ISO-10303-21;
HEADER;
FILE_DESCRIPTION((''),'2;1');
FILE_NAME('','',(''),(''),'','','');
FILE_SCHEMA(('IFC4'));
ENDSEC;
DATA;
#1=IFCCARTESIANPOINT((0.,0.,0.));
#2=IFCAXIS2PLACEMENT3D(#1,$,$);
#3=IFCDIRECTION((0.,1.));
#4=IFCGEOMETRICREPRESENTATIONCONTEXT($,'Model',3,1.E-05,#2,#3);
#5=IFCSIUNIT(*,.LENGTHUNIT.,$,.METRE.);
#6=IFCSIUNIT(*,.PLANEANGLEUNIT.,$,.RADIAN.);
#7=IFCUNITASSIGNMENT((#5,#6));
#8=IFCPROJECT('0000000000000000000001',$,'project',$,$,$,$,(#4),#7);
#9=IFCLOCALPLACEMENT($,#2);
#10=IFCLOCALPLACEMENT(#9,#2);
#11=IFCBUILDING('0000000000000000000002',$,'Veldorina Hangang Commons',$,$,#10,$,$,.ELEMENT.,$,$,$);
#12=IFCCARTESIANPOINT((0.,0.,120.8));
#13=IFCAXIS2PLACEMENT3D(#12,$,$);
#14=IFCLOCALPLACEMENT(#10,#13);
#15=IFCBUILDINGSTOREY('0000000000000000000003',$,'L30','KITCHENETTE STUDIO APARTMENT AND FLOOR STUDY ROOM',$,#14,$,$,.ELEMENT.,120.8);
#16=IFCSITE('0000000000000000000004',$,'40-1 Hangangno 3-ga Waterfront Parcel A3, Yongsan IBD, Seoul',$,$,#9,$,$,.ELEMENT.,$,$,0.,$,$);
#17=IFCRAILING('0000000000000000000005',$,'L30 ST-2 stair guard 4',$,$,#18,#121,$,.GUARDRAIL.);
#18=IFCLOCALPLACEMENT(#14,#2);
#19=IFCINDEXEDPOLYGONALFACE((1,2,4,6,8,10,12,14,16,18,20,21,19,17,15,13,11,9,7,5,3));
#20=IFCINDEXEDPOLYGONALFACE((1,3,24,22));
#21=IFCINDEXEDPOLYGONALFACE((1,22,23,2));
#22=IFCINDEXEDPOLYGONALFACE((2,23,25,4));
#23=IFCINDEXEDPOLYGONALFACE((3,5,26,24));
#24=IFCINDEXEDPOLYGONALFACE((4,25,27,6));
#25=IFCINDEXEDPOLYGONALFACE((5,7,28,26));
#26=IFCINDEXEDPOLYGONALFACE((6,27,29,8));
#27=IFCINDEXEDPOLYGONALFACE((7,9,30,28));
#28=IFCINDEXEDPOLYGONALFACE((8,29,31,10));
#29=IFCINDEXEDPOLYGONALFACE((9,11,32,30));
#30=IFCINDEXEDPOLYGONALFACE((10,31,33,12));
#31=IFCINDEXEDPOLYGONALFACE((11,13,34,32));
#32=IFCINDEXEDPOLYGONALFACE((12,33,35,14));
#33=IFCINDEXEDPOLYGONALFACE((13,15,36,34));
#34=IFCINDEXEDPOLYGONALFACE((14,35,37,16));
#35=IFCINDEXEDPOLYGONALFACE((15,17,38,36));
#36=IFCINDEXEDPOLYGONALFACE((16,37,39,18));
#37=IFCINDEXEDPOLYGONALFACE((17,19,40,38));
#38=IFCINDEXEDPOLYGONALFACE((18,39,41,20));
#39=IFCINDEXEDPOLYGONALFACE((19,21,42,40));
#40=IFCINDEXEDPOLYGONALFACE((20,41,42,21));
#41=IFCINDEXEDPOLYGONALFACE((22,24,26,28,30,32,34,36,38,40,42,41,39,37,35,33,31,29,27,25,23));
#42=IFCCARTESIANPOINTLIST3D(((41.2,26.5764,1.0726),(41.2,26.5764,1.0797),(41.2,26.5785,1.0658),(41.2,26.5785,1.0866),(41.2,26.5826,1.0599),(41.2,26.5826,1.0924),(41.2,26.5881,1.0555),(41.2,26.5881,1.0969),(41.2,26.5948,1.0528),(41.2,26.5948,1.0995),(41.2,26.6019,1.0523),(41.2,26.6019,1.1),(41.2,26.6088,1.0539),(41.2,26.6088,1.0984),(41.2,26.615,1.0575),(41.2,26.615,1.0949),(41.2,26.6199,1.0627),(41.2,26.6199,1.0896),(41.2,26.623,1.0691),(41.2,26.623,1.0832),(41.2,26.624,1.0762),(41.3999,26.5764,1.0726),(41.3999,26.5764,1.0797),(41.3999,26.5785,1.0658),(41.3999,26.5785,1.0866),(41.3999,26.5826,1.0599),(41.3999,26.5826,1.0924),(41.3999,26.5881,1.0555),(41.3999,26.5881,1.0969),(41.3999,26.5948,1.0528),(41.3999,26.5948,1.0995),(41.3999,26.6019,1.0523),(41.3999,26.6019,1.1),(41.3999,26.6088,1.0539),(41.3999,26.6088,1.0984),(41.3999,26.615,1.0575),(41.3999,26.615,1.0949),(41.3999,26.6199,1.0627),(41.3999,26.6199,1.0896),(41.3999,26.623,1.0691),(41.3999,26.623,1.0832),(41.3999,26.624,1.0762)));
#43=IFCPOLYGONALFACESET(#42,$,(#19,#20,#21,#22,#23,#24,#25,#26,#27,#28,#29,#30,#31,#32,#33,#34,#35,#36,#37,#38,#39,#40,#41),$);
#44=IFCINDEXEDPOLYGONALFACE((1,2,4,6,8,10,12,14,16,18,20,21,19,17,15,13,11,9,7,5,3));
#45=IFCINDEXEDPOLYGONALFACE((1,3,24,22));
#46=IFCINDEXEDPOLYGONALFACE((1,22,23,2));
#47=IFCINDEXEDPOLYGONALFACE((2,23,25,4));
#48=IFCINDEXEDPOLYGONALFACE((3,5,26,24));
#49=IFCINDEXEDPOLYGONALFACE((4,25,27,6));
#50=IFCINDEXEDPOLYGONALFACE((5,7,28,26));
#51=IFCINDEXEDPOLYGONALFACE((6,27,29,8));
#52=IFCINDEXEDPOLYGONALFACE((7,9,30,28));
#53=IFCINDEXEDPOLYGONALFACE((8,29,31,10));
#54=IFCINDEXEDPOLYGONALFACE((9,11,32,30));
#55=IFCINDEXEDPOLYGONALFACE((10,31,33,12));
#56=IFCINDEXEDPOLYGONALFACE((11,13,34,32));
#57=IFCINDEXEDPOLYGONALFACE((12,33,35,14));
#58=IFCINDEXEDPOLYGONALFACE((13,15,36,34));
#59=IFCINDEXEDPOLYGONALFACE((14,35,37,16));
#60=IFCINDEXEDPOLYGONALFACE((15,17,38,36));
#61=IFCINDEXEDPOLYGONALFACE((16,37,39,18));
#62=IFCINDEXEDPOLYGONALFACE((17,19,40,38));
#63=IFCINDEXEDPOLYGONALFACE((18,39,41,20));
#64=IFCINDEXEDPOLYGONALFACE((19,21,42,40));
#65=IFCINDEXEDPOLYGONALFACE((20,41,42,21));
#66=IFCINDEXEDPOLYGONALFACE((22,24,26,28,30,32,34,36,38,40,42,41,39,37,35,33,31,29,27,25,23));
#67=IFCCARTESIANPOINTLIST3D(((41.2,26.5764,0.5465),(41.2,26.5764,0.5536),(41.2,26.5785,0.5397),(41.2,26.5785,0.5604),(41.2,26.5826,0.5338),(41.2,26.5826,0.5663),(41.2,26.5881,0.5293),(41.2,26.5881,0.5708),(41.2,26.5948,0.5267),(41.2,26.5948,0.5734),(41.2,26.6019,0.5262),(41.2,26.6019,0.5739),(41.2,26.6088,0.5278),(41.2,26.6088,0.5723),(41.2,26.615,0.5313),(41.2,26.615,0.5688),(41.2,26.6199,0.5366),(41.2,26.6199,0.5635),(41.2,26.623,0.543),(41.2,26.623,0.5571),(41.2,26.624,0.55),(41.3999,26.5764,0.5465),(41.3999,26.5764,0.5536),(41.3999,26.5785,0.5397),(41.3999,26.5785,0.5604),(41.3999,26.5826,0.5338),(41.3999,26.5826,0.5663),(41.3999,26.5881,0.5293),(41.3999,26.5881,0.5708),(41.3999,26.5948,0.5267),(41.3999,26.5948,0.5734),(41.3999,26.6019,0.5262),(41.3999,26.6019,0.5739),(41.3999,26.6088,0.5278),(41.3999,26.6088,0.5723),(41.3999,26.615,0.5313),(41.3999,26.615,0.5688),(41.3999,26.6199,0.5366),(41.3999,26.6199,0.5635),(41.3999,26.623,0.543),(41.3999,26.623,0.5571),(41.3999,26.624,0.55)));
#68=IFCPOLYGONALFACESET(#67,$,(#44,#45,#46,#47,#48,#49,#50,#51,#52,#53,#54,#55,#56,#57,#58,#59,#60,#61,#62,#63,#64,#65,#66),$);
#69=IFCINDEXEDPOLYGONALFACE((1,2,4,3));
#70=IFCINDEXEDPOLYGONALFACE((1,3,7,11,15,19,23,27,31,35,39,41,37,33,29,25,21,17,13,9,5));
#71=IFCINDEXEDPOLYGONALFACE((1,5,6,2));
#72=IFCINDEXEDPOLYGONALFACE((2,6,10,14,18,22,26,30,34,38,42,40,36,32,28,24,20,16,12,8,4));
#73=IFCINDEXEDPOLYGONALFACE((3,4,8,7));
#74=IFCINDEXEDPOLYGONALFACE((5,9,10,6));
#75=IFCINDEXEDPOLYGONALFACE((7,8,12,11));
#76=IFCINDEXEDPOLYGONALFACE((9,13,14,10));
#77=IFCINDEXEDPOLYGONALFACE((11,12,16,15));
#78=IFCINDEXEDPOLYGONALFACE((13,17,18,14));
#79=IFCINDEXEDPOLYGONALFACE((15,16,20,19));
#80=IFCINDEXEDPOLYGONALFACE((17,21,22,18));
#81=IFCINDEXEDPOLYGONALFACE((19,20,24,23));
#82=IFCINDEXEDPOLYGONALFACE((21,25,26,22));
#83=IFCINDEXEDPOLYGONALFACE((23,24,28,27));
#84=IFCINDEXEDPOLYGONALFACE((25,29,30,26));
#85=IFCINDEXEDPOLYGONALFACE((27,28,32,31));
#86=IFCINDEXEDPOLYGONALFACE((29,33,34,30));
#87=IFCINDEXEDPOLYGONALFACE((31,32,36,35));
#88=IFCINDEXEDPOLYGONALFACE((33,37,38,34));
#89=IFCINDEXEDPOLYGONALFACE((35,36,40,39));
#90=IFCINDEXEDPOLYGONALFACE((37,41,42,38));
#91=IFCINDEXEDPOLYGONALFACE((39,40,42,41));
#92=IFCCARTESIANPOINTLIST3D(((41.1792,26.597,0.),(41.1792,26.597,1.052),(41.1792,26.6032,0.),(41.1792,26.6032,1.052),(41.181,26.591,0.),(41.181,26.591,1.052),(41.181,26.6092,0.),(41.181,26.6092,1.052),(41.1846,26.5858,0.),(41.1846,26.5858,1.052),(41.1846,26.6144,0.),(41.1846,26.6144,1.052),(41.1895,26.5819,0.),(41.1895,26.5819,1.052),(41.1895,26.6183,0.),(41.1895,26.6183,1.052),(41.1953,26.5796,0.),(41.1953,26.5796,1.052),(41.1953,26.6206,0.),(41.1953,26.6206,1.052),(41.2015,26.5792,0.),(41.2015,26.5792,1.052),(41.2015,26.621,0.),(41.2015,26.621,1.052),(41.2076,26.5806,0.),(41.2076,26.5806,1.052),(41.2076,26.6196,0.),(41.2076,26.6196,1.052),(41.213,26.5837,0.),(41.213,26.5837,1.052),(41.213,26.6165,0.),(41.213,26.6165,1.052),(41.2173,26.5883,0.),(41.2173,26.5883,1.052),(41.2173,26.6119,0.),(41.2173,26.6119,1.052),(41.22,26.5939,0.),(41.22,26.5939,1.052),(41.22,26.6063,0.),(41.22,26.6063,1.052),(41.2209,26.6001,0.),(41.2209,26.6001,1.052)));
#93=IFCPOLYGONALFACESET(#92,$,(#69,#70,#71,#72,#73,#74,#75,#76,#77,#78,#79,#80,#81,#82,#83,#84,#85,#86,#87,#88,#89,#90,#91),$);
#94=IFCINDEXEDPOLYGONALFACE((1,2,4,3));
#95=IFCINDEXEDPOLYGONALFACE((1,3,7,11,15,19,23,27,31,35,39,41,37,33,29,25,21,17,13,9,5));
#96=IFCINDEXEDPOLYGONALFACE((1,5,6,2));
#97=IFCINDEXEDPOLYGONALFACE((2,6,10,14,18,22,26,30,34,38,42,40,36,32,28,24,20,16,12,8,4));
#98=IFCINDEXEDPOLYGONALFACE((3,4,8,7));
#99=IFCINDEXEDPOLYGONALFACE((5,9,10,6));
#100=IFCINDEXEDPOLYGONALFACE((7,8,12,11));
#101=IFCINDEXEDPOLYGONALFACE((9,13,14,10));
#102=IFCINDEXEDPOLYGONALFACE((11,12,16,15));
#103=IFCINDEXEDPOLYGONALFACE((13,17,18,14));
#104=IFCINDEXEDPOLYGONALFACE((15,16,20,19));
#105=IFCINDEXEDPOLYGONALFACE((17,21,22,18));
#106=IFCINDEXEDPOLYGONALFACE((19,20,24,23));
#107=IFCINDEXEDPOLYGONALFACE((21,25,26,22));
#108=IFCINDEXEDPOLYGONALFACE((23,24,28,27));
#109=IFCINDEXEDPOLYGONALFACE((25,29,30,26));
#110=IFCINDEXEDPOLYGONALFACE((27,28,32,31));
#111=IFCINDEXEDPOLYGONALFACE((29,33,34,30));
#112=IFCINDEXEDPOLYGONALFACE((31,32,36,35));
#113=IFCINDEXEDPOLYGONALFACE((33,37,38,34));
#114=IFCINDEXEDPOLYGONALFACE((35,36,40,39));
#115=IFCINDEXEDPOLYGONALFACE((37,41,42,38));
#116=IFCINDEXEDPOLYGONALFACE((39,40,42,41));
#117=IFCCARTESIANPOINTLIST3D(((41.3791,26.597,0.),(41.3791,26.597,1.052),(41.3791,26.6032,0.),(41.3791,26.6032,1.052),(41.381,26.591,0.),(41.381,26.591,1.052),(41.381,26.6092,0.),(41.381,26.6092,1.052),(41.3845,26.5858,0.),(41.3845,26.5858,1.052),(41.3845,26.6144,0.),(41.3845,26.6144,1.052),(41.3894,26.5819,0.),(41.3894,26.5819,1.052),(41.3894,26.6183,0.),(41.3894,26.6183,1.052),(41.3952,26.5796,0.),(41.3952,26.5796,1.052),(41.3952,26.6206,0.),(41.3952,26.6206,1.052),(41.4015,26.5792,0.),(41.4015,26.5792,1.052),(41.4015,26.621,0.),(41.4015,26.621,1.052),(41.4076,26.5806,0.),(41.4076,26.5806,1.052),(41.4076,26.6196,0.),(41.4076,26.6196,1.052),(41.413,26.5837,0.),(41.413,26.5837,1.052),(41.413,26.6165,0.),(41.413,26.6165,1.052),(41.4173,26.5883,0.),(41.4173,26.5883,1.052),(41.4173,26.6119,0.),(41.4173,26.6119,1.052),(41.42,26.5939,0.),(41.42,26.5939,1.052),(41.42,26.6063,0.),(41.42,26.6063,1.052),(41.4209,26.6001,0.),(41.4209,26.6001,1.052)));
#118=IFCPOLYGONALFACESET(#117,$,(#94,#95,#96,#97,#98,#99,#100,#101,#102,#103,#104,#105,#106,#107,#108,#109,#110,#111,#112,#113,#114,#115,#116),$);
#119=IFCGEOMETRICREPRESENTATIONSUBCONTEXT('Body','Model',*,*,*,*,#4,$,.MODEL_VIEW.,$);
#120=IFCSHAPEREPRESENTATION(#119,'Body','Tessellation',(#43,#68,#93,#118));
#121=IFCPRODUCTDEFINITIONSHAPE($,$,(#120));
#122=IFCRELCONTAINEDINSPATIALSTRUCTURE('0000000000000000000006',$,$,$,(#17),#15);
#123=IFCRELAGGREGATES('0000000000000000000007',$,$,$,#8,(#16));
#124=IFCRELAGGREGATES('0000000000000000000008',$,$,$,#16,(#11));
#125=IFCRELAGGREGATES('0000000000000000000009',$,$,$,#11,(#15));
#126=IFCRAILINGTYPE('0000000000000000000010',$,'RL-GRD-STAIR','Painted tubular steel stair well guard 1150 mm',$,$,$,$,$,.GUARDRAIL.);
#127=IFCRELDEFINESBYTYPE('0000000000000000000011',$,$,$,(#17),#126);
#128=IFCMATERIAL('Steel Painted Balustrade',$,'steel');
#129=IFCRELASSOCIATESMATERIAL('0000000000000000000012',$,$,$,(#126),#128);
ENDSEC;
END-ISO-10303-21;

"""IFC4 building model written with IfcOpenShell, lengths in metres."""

from ifc_helpers import new_model, si_unit, direction, frame, origin, origin_2d, place, context, subcontext, project, spatial, circle, extrude, material, type_object, element, save


model = new_model("IFC4")

# Units and contexts
model_context = context("Model", 3, precision=1e-05, world=origin(), true_north=direction((0.0, 1.0)))
body_context = subcontext(model_context, "Body", "Model", "MODEL_VIEW")
ifc_project = project(units=[si_unit("LENGTHUNIT", "METRE"), si_unit("PLANEANGLEUNIT", "RADIAN")], contexts=[model_context])

# Site, building, storey
site_placement = place(None, origin())
site = spatial("IfcSite", under=ifc_project, at=site_placement, Name="40-1 Hangangno 3-ga Waterfront Parcel A3, Yongsan IBD, Seoul", CompositionType="ELEMENT", RefElevation=0.0)
building_placement = place(site_placement, origin())
building = spatial("IfcBuilding", under=site, at=building_placement, Name="Veldorina Hangang Commons", CompositionType="ELEMENT")
storey_placement = place(building_placement, frame((0.0, 0.0, 120.8)))
storey = spatial("IfcBuildingStorey", under=building, at=storey_placement, Name="L30", Description="KITCHENETTE STUDIO APARTMENT AND FLOOR STUDY ROOM", CompositionType="ELEMENT", Elevation=120.8)

# Railing
ifc_material_1 = material(Name="Steel Painted Balustrade", Category="steel")
railing_type_1 = type_object("IfcRailingType", Name="RL-GRD-STAIR", Description="Painted tubular steel stair well guard 1150 mm", PredefinedType="GUARDRAIL", material=ifc_material_1)
railing_1_placement = place(storey_placement, frame((41.2, 26.6001, 0.0)))
element("IfcRailing", 1, at=railing_1_placement, inside=storey, type_object=railing_type_1, Name="L30 ST-2 stair guard 4", PredefinedType="GUARDRAIL", context=body_context, shape_type="SweptSolid", body=[
    extrude(circle(Radius=0.0239, at=origin_2d()), frame((0.0, 0.0, 1.0762), z_axis=(1.0, 0.0, 0.0), x_axis=(0.0, 1.0, 0.0)), (0.0, 0.0, 1.0), 0.2),
    extrude(circle(Radius=0.0239, at=origin_2d()), frame((0.0, 0.0, 0.55), z_axis=(1.0, 0.0, 0.0), x_axis=(0.0, 1.0, 0.0)), (0.0, 0.0, 1.0), 0.2),
    extrude(circle(Radius=0.021, at=origin_2d()), origin(), (0.0, 0.0, 1.0), 1.052),
    extrude(circle(Radius=0.021, at=origin_2d()), frame((0.2, 0.0, 0.0)), (0.0, 0.0, 1.0), 1.052),
])

save(model, "model.ifc")
